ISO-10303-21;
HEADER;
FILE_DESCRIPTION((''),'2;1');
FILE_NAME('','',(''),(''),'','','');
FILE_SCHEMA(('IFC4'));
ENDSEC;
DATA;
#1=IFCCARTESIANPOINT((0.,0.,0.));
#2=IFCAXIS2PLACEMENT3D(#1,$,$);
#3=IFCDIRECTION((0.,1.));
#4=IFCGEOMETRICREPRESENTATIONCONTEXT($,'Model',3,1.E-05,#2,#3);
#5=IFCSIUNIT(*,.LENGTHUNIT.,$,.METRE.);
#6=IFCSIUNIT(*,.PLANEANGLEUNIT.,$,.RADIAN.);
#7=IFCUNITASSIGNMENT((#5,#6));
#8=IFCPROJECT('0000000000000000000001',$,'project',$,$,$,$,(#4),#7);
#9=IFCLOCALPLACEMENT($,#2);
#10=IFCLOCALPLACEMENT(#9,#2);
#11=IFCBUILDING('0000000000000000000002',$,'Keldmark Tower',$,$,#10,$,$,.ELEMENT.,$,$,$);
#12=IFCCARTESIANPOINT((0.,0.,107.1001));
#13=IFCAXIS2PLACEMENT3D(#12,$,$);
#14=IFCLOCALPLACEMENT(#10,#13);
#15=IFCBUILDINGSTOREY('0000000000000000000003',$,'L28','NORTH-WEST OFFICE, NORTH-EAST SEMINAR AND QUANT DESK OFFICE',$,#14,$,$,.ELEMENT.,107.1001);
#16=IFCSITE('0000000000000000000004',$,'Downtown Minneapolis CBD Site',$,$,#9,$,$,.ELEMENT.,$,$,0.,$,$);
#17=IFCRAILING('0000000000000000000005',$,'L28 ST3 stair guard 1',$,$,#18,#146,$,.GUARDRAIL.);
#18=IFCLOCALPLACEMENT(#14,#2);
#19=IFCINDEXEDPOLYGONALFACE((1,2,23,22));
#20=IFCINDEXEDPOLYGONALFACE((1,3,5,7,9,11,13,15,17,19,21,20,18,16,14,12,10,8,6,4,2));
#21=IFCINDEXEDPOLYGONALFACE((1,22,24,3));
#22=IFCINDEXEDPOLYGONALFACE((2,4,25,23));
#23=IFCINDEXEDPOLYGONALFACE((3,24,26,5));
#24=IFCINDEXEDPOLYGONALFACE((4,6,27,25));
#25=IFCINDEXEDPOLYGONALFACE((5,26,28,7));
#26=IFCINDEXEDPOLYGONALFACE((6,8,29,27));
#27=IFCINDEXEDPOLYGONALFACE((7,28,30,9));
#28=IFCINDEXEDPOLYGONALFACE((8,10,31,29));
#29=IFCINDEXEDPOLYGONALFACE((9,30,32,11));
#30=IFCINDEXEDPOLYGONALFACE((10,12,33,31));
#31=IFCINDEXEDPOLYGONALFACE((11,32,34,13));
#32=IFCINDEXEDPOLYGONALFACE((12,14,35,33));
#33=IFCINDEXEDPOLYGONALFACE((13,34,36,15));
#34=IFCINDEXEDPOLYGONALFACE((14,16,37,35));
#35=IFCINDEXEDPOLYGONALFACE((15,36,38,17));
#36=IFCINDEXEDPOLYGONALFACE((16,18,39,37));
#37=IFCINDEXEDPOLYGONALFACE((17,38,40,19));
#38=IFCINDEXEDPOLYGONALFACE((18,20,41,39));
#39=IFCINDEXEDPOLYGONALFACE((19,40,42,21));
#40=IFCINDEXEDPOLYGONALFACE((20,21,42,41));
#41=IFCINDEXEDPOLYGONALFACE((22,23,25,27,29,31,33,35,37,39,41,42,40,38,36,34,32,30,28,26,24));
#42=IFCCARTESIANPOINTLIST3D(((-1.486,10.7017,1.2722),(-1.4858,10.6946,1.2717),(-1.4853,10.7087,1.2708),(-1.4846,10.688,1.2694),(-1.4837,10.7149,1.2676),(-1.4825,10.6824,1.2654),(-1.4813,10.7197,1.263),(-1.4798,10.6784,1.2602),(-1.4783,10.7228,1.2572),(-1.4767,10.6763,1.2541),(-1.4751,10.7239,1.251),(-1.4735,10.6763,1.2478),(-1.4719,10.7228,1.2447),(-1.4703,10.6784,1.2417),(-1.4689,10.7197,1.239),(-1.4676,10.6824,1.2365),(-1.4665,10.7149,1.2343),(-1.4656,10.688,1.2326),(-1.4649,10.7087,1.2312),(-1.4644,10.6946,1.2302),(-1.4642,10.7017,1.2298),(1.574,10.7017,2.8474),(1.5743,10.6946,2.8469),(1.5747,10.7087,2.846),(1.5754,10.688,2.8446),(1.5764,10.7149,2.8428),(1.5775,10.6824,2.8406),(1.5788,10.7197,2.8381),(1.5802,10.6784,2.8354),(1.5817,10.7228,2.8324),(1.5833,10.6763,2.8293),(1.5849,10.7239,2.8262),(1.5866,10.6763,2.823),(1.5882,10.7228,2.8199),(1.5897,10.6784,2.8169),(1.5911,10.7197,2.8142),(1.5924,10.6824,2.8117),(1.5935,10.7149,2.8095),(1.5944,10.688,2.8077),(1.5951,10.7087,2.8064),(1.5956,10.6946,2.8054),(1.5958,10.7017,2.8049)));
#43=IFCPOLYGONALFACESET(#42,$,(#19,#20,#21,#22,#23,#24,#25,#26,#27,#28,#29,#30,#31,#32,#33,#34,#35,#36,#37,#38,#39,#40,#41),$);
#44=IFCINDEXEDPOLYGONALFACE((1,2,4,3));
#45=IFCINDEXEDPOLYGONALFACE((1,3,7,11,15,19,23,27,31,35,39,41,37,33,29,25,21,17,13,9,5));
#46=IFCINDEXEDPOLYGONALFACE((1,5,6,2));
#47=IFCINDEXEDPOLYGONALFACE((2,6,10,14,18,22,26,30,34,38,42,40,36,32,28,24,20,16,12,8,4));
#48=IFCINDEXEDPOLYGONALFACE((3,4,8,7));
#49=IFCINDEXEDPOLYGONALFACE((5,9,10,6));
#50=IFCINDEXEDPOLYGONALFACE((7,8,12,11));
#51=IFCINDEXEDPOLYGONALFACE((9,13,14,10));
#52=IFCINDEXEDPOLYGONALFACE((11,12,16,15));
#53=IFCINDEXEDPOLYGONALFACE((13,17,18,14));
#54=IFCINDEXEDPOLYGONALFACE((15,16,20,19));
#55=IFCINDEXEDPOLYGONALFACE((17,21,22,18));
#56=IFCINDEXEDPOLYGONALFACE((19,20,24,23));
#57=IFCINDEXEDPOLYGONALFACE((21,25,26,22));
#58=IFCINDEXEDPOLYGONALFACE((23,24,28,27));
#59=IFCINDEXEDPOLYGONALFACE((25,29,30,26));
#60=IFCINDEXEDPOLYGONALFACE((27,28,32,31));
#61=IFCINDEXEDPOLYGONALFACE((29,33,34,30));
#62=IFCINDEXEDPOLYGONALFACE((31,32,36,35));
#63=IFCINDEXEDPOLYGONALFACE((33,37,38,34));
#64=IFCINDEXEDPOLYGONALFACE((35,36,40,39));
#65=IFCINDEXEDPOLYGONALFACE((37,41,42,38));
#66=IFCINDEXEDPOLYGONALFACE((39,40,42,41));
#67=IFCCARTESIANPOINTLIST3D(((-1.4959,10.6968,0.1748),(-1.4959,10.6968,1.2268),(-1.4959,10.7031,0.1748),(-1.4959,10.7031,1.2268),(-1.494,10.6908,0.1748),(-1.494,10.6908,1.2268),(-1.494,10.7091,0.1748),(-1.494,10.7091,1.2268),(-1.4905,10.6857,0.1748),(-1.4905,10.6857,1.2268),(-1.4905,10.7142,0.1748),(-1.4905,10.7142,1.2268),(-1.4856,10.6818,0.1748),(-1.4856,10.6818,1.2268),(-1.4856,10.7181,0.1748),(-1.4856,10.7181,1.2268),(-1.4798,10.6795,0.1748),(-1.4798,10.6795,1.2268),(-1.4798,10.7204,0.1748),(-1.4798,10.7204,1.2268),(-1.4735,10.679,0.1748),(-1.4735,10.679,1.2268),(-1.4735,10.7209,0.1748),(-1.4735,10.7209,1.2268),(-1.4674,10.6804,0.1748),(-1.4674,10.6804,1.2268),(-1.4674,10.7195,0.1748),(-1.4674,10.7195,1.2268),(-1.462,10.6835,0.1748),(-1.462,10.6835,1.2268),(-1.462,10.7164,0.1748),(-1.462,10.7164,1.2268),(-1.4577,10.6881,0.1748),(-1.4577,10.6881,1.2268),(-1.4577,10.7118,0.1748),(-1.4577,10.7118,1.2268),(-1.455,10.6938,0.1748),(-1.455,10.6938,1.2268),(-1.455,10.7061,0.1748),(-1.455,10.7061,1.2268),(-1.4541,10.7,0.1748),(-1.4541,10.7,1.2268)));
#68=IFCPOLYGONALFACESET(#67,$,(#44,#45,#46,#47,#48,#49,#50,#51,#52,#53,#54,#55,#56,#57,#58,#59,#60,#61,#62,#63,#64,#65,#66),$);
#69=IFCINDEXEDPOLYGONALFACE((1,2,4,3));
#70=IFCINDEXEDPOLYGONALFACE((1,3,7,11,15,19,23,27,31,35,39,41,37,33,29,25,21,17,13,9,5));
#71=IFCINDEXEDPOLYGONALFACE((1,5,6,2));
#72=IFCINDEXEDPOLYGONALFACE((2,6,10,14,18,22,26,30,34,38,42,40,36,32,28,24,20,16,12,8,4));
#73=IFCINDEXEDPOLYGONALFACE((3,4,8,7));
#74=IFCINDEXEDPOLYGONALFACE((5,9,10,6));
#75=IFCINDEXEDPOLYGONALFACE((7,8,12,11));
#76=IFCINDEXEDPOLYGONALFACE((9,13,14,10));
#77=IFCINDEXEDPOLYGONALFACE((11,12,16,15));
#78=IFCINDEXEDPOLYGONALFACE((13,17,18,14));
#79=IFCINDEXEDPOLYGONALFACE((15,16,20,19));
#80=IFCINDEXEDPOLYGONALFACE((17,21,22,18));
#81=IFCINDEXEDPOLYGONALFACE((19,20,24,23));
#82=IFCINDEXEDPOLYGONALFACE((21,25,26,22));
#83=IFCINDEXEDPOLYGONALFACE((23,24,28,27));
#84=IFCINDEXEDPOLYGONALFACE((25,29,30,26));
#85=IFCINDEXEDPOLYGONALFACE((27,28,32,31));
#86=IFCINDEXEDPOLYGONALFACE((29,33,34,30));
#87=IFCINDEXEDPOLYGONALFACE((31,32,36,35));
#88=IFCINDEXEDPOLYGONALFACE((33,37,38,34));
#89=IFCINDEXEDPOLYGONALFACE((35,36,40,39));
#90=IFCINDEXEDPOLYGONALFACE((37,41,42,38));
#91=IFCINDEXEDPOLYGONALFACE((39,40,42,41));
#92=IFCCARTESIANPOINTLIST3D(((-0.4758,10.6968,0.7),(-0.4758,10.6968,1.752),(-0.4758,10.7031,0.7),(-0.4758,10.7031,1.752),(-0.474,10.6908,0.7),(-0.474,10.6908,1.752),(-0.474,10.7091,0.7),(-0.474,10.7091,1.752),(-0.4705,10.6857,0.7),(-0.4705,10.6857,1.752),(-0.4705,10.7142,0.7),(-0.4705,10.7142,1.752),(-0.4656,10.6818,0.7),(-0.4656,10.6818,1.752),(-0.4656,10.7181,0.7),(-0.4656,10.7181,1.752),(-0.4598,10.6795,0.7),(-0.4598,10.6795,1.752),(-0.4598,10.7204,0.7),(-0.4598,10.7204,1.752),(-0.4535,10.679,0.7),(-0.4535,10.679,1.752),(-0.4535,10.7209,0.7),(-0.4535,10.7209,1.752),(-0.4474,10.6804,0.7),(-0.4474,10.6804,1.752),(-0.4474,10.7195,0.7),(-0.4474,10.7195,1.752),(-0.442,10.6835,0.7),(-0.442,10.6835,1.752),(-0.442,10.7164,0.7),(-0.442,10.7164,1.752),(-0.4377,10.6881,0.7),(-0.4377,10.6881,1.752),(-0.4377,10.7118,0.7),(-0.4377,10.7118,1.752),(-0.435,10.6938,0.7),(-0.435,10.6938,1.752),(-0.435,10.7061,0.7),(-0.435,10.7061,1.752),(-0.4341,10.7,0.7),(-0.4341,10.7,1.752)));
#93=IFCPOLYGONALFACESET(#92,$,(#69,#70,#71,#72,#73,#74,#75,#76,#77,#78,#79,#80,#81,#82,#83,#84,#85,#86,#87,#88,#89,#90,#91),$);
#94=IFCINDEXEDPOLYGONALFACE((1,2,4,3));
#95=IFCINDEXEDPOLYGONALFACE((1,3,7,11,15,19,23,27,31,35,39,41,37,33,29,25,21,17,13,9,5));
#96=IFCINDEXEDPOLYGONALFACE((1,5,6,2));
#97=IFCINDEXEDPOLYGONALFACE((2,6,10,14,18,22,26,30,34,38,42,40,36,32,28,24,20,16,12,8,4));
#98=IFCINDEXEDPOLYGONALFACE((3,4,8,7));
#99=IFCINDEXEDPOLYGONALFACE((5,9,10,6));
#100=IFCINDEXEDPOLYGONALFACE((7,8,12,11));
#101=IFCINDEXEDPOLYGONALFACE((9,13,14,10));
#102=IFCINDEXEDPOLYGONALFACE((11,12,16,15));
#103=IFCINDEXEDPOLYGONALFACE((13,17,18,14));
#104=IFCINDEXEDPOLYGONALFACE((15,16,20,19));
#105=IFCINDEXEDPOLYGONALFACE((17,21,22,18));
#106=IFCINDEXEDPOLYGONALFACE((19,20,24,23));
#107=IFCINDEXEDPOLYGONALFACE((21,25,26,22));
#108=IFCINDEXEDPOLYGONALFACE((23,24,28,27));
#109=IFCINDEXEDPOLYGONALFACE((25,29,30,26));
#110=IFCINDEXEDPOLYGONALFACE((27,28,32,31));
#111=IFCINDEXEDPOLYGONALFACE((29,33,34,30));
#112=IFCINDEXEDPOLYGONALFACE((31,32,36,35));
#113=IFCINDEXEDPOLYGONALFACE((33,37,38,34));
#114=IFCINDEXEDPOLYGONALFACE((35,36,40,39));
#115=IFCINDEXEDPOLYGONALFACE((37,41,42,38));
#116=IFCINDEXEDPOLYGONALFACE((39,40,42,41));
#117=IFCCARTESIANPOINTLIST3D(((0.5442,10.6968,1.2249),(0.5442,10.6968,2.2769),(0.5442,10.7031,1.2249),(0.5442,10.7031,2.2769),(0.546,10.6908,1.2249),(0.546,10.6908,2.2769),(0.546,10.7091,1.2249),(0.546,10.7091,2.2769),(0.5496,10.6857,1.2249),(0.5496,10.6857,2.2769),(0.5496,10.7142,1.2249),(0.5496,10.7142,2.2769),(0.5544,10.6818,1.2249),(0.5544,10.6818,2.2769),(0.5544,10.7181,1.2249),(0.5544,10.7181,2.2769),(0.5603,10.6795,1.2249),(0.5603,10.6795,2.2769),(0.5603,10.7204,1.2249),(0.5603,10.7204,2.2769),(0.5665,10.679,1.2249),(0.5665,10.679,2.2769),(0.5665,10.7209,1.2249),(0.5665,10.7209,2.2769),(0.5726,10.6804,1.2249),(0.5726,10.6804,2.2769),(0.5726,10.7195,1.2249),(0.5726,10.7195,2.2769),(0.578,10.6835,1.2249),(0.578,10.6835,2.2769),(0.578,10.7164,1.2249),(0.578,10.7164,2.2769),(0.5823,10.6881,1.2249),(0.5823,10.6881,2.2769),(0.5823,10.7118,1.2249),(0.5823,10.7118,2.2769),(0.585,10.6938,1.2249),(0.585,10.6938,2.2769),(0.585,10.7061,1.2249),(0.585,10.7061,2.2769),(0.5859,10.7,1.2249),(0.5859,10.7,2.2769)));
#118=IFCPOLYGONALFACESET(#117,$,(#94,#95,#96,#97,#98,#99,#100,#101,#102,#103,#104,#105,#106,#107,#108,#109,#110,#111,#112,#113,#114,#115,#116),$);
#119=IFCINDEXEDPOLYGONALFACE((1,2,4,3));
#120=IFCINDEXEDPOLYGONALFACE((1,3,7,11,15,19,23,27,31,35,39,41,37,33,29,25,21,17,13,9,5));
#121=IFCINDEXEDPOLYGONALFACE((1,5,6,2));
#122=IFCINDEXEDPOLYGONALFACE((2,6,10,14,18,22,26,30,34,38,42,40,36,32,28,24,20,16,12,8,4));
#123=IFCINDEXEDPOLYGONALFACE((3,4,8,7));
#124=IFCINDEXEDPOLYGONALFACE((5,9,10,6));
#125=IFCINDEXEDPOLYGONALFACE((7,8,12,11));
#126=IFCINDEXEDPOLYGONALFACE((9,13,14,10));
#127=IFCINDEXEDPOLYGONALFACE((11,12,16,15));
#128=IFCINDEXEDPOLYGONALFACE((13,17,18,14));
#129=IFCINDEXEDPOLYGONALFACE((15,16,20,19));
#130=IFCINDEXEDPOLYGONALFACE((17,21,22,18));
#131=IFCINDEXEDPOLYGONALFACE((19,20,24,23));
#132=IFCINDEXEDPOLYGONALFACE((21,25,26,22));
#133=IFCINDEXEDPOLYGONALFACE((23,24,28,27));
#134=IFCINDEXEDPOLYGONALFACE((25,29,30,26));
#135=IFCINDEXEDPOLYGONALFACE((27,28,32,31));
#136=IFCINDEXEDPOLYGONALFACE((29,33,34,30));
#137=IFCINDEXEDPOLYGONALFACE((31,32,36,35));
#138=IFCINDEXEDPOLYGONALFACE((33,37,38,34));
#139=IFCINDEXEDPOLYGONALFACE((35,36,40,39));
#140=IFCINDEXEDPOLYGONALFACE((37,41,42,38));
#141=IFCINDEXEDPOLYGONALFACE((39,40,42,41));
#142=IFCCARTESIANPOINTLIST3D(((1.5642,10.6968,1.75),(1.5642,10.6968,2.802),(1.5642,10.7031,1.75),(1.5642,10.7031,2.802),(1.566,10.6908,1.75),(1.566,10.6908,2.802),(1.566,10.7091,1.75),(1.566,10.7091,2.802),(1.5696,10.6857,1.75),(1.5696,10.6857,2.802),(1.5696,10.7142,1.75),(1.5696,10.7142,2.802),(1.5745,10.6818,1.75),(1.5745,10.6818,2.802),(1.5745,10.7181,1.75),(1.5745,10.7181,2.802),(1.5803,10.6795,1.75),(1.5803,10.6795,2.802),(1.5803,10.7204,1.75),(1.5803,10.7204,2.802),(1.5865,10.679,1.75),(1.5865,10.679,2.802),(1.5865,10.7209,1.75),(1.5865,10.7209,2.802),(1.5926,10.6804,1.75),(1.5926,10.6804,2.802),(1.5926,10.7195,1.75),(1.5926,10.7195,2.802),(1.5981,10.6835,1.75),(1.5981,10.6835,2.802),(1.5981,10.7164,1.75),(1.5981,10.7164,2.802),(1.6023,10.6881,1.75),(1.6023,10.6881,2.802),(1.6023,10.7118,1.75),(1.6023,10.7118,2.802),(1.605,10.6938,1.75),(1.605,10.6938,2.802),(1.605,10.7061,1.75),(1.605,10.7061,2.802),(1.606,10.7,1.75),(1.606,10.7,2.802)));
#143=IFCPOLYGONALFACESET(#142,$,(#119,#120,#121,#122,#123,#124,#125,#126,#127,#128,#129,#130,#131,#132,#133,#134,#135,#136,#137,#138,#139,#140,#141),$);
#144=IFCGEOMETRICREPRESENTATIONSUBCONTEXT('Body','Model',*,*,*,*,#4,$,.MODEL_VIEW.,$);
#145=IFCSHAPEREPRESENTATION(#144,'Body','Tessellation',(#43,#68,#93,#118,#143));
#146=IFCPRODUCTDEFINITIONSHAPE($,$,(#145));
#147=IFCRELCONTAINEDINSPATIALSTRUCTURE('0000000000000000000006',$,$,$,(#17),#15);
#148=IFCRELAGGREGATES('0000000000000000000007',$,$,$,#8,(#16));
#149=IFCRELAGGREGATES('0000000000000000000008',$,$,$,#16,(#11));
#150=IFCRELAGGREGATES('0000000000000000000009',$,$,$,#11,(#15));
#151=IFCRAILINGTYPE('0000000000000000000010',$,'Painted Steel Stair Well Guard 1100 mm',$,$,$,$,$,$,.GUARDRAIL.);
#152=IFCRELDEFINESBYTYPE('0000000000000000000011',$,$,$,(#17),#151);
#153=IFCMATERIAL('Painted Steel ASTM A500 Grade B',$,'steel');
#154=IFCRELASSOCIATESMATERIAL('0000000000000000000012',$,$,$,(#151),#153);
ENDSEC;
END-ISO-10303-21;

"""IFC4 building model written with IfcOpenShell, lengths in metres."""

from ifc_helpers import new_model, si_unit, direction, frame, origin, origin_2d, place, context, subcontext, project, spatial, circle, extrude, material, type_object, element, save


model = new_model("IFC4")

# Units and contexts
model_context = context("Model", 3, precision=1e-05, world=origin(), true_north=direction((0.0, 1.0)))
body_context = subcontext(model_context, "Body", "Model", "MODEL_VIEW")
ifc_project = project(units=[si_unit("LENGTHUNIT", "METRE"), si_unit("PLANEANGLEUNIT", "RADIAN")], contexts=[model_context])

# Site, building, storey
site_placement = place(None, origin())
site = spatial("IfcSite", under=ifc_project, at=site_placement, Name="Downtown Minneapolis CBD Site", CompositionType="ELEMENT", RefElevation=0.0)
building_placement = place(site_placement, origin())
building = spatial("IfcBuilding", under=site, at=building_placement, Name="Keldmark Tower", CompositionType="ELEMENT")
storey_placement = place(building_placement, frame((0.0, 0.0, 107.1001)))
storey = spatial("IfcBuildingStorey", under=building, at=storey_placement, Name="L28", Description="NORTH-WEST OFFICE, NORTH-EAST SEMINAR AND QUANT DESK OFFICE", CompositionType="ELEMENT", Elevation=107.1001)

# Railing
ifc_material_1 = material(Name="Painted Steel ASTM A500 Grade B", Category="steel")
railing_type_1 = type_object("IfcRailingType", Name="Painted Steel Stair Well Guard 1100 mm", PredefinedType="GUARDRAIL", material=ifc_material_1)
railing_1_placement = place(storey_placement, frame((-1.4751, 10.7, 0.1748)))
element("IfcRailing", 1, at=railing_1_placement, inside=storey, type_object=railing_type_1, Name="L28 ST3 stair guard 1", PredefinedType="GUARDRAIL", context=body_context, shape_type="SweptSolid", body=[
    extrude(circle(Radius=0.0239, at=origin_2d()), frame((0.0, 0.0, 1.0762), z_axis=(0.889116, 0.0, 0.457681), x_axis=(0.0, 1.0, 0.0)), (0.0, 0.0, 1.0), 3.4417),
    extrude(circle(Radius=0.021, at=origin_2d()), origin(), (0.0, 0.0, 1.0), 1.052),
    extrude(circle(Radius=0.021, at=origin_2d()), frame((1.02, 0.0, 0.5251)), (0.0, 0.0, 1.0), 1.052),
    extrude(circle(Radius=0.021, at=origin_2d()), frame((2.04, 0.0, 1.05)), (0.0, 0.0, 1.0), 1.052),
    extrude(circle(Radius=0.021, at=origin_2d()), frame((3.0601, 0.0, 1.5752)), (0.0, 0.0, 1.0), 1.052),
])

save(model, "model.ifc")
